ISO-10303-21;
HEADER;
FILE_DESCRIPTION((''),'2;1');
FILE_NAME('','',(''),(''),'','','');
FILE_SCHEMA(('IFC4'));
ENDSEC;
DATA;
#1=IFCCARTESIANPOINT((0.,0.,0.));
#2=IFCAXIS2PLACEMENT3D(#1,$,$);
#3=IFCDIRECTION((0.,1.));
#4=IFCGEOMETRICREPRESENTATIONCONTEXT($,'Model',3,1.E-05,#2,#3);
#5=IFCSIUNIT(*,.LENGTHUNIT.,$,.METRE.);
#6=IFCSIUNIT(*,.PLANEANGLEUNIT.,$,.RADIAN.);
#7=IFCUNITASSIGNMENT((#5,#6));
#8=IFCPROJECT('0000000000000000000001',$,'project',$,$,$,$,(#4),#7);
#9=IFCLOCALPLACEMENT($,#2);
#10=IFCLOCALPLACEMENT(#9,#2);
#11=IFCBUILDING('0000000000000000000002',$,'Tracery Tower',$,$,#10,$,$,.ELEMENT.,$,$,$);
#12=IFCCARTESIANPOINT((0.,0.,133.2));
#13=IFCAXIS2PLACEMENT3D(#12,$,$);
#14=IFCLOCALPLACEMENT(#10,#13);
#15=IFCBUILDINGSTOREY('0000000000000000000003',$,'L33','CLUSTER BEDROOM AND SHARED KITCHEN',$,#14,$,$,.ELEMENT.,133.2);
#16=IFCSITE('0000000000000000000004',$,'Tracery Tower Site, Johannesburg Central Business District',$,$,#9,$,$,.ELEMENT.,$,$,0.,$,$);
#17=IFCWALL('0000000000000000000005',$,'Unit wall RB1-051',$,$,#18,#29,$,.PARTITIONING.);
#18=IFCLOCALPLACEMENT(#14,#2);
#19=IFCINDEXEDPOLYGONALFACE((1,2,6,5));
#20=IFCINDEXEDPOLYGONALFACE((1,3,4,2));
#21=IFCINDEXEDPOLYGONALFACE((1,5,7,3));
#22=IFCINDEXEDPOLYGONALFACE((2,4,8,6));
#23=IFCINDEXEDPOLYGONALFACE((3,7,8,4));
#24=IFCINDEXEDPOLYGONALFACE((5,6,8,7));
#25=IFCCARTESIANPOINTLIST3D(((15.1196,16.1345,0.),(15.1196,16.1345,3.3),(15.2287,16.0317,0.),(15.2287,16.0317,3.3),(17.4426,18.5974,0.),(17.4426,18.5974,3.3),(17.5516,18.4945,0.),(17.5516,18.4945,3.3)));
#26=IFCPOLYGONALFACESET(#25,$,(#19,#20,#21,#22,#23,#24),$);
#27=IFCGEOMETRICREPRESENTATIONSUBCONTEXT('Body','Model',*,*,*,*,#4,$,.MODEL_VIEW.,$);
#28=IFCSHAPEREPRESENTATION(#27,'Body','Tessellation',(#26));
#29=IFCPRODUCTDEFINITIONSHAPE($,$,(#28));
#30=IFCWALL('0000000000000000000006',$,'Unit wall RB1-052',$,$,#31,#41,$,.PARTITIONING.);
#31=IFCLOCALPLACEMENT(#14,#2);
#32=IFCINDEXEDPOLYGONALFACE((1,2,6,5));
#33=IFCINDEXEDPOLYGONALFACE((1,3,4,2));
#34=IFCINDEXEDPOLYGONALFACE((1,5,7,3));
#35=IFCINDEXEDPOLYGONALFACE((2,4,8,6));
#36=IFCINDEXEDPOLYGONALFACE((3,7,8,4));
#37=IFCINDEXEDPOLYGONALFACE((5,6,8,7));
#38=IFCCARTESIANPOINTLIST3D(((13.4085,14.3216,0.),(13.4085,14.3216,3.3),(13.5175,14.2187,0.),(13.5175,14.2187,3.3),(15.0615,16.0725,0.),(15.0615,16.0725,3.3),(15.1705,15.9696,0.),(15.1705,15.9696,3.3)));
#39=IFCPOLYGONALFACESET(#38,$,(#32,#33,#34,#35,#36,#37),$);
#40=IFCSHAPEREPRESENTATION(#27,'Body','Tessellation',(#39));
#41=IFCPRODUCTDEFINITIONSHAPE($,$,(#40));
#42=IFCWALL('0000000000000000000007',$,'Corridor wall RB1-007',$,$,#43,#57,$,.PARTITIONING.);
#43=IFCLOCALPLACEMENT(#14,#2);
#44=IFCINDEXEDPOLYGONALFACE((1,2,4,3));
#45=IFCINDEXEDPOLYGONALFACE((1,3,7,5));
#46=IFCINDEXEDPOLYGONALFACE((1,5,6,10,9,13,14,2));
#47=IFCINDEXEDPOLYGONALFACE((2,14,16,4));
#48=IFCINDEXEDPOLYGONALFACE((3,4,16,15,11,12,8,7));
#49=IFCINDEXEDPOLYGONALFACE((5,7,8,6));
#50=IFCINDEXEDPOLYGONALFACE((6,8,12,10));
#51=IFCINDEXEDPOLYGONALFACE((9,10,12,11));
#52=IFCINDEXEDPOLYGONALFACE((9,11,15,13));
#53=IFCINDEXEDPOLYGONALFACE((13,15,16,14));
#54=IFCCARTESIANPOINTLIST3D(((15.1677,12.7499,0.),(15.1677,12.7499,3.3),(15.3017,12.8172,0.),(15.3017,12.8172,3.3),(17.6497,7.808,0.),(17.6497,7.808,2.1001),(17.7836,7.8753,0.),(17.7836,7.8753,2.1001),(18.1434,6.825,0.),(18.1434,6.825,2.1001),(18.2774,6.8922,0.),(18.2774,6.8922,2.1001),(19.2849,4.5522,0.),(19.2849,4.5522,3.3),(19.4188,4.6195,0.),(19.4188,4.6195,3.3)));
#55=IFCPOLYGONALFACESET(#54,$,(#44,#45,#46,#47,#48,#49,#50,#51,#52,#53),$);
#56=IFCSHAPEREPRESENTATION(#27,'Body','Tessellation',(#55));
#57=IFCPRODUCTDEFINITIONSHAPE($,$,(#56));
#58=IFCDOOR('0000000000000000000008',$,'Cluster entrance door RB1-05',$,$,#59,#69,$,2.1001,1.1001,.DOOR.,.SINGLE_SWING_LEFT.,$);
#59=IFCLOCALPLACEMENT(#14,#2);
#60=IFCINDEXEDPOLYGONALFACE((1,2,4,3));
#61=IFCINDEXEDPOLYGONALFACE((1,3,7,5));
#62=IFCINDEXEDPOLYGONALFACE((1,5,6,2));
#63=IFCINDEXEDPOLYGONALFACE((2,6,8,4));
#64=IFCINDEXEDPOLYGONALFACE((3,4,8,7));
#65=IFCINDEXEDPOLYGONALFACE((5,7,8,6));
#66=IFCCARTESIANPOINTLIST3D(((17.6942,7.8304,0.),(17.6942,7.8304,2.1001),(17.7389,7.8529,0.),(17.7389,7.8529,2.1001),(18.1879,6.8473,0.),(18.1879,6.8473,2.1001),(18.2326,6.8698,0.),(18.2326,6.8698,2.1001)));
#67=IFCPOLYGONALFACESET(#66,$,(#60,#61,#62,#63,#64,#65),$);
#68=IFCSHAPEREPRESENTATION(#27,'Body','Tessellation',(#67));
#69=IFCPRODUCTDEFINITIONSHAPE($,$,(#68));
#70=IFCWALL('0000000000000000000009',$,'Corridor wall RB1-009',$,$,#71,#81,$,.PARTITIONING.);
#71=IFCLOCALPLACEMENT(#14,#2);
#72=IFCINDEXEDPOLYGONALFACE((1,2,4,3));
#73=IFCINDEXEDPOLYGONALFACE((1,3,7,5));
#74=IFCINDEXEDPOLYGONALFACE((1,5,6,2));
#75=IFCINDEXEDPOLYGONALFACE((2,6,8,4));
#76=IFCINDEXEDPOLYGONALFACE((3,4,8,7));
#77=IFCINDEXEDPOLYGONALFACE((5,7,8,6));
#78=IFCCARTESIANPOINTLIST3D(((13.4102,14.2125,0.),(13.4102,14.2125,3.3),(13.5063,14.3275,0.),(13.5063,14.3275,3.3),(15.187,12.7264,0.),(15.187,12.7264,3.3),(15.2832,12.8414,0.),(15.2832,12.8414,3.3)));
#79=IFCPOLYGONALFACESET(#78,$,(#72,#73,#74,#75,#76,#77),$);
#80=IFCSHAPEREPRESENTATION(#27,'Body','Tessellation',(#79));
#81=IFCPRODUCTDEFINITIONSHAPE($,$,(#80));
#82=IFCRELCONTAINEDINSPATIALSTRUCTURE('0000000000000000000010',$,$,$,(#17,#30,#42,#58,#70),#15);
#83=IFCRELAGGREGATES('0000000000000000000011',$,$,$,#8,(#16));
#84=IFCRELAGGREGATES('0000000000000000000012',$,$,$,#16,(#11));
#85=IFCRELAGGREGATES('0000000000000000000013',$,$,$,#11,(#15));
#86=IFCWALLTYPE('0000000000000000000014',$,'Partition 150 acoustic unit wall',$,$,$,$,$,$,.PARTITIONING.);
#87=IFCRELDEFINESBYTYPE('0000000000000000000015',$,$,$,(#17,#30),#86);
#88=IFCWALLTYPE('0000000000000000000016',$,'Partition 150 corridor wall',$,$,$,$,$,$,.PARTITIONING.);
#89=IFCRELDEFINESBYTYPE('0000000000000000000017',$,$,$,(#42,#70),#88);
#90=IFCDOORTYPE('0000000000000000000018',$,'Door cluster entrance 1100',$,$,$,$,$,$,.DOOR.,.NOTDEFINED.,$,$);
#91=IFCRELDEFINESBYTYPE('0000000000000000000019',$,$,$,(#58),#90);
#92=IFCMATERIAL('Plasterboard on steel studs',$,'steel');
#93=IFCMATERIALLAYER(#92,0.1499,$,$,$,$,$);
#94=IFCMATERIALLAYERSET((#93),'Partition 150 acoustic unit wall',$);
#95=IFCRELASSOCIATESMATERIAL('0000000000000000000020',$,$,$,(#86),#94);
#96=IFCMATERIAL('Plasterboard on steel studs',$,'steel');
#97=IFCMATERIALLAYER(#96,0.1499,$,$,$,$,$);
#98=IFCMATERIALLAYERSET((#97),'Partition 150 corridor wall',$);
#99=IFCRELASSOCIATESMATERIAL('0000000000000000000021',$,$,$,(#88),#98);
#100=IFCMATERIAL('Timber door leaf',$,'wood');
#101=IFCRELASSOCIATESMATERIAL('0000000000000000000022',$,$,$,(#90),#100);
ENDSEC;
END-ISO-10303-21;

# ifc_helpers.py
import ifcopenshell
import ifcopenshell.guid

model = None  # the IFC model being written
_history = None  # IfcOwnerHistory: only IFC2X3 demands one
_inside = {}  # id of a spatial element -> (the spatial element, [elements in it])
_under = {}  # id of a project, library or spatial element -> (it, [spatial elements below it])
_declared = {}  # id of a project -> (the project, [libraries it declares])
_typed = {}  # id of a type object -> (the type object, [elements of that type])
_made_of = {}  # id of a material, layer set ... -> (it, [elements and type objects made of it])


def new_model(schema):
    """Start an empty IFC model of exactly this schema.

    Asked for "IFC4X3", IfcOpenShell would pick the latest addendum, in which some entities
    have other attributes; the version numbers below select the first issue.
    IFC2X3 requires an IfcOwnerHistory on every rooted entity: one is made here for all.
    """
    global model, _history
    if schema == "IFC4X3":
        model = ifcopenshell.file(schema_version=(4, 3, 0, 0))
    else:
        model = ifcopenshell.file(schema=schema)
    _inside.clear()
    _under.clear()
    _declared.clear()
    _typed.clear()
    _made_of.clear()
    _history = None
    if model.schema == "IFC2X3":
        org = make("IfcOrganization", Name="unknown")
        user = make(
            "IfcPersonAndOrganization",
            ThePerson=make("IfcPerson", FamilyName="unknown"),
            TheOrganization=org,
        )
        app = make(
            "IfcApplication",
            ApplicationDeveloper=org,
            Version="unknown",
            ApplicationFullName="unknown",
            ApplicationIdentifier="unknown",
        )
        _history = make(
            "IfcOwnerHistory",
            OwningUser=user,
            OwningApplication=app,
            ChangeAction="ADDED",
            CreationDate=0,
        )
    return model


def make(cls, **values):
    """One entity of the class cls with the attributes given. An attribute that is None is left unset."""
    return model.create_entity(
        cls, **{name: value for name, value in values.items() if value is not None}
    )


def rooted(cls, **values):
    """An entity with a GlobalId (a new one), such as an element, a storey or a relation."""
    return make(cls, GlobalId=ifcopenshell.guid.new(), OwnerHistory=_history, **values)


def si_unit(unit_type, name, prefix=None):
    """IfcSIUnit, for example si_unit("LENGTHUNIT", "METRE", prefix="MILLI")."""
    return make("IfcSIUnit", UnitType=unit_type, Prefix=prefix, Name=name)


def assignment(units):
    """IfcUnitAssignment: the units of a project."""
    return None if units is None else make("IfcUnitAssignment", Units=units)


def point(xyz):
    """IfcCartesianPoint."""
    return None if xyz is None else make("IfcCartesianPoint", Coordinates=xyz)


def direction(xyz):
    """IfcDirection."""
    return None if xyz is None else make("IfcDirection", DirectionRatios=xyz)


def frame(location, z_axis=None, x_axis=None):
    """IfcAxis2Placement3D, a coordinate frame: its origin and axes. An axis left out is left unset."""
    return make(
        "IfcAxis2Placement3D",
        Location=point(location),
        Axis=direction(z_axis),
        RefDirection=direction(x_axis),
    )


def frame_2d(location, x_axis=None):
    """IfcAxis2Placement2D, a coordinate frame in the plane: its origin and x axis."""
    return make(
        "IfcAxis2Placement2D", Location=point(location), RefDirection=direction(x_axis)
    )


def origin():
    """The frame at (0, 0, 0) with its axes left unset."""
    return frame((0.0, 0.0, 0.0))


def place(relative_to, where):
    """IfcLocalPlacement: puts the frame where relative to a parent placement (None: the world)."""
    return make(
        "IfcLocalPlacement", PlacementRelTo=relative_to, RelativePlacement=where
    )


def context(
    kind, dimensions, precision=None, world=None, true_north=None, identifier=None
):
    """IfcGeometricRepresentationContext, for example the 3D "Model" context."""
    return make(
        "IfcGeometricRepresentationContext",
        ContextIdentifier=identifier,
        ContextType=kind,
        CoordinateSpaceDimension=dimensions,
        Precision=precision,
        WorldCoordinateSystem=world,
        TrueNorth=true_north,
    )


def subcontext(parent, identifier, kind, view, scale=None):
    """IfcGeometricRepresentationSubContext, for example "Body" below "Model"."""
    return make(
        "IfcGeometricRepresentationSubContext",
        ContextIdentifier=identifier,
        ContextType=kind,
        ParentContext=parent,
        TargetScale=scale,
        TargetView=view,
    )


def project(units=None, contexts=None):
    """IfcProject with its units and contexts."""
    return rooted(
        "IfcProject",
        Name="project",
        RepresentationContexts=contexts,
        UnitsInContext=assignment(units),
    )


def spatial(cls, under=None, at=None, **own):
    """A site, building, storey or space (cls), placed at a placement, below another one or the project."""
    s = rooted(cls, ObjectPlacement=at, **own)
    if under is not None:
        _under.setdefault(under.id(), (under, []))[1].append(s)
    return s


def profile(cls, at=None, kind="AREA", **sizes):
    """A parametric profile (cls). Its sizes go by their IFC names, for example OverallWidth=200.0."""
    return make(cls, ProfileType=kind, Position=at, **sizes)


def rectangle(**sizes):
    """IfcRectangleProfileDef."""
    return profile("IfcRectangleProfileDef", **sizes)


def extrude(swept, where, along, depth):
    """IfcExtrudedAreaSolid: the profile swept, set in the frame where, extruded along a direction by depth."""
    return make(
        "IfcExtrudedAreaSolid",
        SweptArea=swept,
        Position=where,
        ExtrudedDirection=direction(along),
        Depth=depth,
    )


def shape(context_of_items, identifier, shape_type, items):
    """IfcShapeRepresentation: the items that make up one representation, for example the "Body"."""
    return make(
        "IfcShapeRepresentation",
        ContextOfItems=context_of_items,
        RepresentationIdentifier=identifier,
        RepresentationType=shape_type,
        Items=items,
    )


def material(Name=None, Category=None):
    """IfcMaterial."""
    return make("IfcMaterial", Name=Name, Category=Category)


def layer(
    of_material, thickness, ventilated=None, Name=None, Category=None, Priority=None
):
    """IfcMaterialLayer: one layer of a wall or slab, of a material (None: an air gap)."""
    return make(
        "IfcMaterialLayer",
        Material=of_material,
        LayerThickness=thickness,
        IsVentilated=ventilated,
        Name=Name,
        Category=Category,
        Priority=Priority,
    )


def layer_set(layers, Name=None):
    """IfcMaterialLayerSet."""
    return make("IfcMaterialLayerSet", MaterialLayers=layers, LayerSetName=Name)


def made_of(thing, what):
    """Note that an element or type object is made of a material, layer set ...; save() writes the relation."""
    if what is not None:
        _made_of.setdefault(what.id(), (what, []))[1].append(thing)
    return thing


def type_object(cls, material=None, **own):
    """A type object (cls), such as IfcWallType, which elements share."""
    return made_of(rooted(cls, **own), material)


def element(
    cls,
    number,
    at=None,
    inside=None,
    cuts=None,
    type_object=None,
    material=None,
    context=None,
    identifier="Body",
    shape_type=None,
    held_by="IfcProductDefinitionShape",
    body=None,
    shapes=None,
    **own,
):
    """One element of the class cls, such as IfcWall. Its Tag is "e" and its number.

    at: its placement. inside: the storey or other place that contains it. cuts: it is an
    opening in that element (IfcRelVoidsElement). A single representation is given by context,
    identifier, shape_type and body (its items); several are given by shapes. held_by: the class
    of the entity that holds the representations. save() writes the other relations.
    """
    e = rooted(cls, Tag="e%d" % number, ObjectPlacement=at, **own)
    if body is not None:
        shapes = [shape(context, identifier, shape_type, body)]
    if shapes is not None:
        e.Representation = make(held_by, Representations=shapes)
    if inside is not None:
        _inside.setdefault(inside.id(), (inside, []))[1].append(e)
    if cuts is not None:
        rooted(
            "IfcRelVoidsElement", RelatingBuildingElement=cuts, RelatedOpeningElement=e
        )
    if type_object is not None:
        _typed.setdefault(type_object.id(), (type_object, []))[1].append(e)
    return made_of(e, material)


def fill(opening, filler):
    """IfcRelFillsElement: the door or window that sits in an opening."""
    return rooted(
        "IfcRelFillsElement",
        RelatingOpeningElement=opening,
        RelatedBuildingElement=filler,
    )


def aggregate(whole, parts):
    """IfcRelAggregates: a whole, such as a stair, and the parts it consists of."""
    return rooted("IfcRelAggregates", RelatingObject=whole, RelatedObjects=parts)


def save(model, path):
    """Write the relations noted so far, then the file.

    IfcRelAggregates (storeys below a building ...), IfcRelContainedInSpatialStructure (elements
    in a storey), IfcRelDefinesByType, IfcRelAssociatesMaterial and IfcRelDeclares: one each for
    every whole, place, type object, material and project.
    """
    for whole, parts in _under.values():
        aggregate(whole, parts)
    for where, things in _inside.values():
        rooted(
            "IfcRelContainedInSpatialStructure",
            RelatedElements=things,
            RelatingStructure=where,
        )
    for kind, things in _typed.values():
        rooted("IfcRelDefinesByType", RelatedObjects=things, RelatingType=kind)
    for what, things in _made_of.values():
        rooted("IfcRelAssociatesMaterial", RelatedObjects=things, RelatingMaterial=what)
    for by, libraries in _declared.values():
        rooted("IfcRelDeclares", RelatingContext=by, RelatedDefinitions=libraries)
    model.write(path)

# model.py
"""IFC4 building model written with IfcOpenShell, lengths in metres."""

from ifc_helpers import new_model, si_unit, direction, frame, frame_2d, origin, place, context, subcontext, project, spatial, rectangle, extrude, material, layer, layer_set, type_object, element, fill, save


model = new_model("IFC4")

# Units and contexts
model_context = context("Model", 3, precision=1e-05, world=origin(), true_north=direction((0.0, 1.0)))
body_context = subcontext(model_context, "Body", "Model", "MODEL_VIEW")
ifc_project = project(units=[si_unit("LENGTHUNIT", "METRE"), si_unit("PLANEANGLEUNIT", "RADIAN")], contexts=[model_context])

# Site, building, storey
site_placement = place(None, origin())
site = spatial("IfcSite", under=ifc_project, at=site_placement, Name="Tracery Tower Site, Johannesburg Central Business District", CompositionType="ELEMENT", RefElevation=0.0)
building_placement = place(site_placement, origin())
building = spatial("IfcBuilding", under=site, at=building_placement, Name="Tracery Tower", CompositionType="ELEMENT")
storey_placement = place(building_placement, frame((0.0, 0.0, 133.2)))
storey = spatial("IfcBuildingStorey", under=building, at=storey_placement, Name="L33", Description="CLUSTER BEDROOM AND SHARED KITCHEN", CompositionType="ELEMENT", Elevation=133.2)

# Walls
ifc_material_1 = material(Name="Plasterboard on steel studs", Category="steel")
ifc_layer_1 = layer(ifc_material_1, 0.1499)
ifc_layer_set_1 = layer_set([ifc_layer_1], Name="Partition 150 acoustic unit wall")
wall_type_1 = type_object("IfcWallType", Name="Partition 150 acoustic unit wall", PredefinedType="PARTITIONING", material=ifc_layer_set_1)
wall_1_placement = place(storey_placement, frame((15.1741, 16.083, 0.0), z_axis=(0.0, 0.0, 1.0), x_axis=(0.686145, 0.727465, 0.0)))
element("IfcWall", 1, at=wall_1_placement, inside=storey, type_object=wall_type_1, Name="Unit wall RB1-051", PredefinedType="PARTITIONING", context=body_context, shape_type="SweptSolid", body=[
    extrude(rectangle(XDim=3.3855, YDim=0.1499, at=frame_2d((1.6929, 0.0))), origin(), (0.0, 0.0, 1.0), 3.3),
])
wall_2_placement = place(storey_placement, frame((13.4629, 14.27, 0.0), z_axis=(0.0, 0.0, 1.0), x_axis=(0.686487, 0.727142, 0.0)))
element("IfcWall", 2, at=wall_2_placement, inside=storey, type_object=wall_type_1, Name="Unit wall RB1-052", PredefinedType="PARTITIONING", context=body_context, shape_type="SweptSolid", body=[
    extrude(rectangle(XDim=2.408, YDim=0.1499, at=frame_2d((1.2041, 0.0))), origin(), (0.0, 0.0, 1.0), 3.3),
])

# Wall, opening, door
ifc_material_2 = material(Name="Plasterboard on steel studs", Category="steel")
ifc_layer_2 = layer(ifc_material_2, 0.1499)
ifc_layer_set_2 = layer_set([ifc_layer_2], Name="Partition 150 corridor wall")
wall_type_2 = type_object("IfcWallType", Name="Partition 150 corridor wall", PredefinedType="PARTITIONING", material=ifc_layer_set_2)
wall_3_placement = place(storey_placement, frame((15.2346, 12.7837, 0.0), z_axis=(0.0, 0.0, 1.0), x_axis=(0.44881, -0.893627, 0.0)))
wall_3 = element("IfcWall", 3, at=wall_3_placement, inside=storey, type_object=wall_type_2, Name="Corridor wall RB1-007", PredefinedType="PARTITIONING", context=body_context, shape_type="SweptSolid", body=[
    extrude(rectangle(XDim=9.1736, YDim=0.1499, at=frame_2d((4.5869, 0.0))), origin(), (0.0, 0.0, 1.0), 3.3),
])
opening_1_placement = place(wall_3_placement, frame((5.5303, 0.0, 0.0)))
opening_1 = element("IfcOpeningElement", 4, at=opening_1_placement, cuts=wall_3, PredefinedType="OPENING", context=body_context, shape_type="SweptSolid", body=[
    extrude(rectangle(XDim=1.1001, YDim=2.1001, at=frame_2d((0.55, 1.05))), frame((0.0, 0.075, 0.0), z_axis=(0.0, -1.0, 0.0), x_axis=(1.0, 0.0, 0.0)), (0.0, 0.0, 1.0), 0.1499),
])
ifc_material_3 = material(Name="Timber door leaf", Category="wood")
door_type_1 = type_object("IfcDoorType", Name="Door cluster entrance 1100", OperationType="NOTDEFINED", PredefinedType="DOOR", material=ifc_material_3)
door_1_placement = place(opening_1_placement, origin())
door_1 = element("IfcDoor", 5, at=door_1_placement, inside=storey, type_object=door_type_1, Name="Cluster entrance door RB1-05", OperationType="SINGLE_SWING_LEFT", OverallHeight=2.1001, OverallWidth=1.1001, PredefinedType="DOOR", context=body_context, shape_type="SweptSolid", body=[
    extrude(rectangle(XDim=1.1001, YDim=2.1001, at=frame_2d((0.55, 1.05))), frame((0.0, 0.0249, 0.0), z_axis=(0.0, -1.0, 0.0), x_axis=(1.0, 0.0, 0.0)), (0.0, 0.0, 1.0), 0.05),
])
fill(opening_1, door_1)

# Wall
wall_4_placement = place(storey_placement, frame((13.4583, 14.27, 0.0), z_axis=(0.0, 0.0, 1.0), x_axis=(0.76708, -0.641552, 0.0)))
element("IfcWall", 6, at=wall_4_placement, inside=storey, type_object=wall_type_2, Name="Corridor wall RB1-009", PredefinedType="PARTITIONING", context=body_context, shape_type="SweptSolid", body=[
    extrude(rectangle(XDim=2.3164, YDim=0.1499, at=frame_2d((1.1582, 0.0))), origin(), (0.0, 0.0, 1.0), 3.3),
])

save(model, "model.ifc")
